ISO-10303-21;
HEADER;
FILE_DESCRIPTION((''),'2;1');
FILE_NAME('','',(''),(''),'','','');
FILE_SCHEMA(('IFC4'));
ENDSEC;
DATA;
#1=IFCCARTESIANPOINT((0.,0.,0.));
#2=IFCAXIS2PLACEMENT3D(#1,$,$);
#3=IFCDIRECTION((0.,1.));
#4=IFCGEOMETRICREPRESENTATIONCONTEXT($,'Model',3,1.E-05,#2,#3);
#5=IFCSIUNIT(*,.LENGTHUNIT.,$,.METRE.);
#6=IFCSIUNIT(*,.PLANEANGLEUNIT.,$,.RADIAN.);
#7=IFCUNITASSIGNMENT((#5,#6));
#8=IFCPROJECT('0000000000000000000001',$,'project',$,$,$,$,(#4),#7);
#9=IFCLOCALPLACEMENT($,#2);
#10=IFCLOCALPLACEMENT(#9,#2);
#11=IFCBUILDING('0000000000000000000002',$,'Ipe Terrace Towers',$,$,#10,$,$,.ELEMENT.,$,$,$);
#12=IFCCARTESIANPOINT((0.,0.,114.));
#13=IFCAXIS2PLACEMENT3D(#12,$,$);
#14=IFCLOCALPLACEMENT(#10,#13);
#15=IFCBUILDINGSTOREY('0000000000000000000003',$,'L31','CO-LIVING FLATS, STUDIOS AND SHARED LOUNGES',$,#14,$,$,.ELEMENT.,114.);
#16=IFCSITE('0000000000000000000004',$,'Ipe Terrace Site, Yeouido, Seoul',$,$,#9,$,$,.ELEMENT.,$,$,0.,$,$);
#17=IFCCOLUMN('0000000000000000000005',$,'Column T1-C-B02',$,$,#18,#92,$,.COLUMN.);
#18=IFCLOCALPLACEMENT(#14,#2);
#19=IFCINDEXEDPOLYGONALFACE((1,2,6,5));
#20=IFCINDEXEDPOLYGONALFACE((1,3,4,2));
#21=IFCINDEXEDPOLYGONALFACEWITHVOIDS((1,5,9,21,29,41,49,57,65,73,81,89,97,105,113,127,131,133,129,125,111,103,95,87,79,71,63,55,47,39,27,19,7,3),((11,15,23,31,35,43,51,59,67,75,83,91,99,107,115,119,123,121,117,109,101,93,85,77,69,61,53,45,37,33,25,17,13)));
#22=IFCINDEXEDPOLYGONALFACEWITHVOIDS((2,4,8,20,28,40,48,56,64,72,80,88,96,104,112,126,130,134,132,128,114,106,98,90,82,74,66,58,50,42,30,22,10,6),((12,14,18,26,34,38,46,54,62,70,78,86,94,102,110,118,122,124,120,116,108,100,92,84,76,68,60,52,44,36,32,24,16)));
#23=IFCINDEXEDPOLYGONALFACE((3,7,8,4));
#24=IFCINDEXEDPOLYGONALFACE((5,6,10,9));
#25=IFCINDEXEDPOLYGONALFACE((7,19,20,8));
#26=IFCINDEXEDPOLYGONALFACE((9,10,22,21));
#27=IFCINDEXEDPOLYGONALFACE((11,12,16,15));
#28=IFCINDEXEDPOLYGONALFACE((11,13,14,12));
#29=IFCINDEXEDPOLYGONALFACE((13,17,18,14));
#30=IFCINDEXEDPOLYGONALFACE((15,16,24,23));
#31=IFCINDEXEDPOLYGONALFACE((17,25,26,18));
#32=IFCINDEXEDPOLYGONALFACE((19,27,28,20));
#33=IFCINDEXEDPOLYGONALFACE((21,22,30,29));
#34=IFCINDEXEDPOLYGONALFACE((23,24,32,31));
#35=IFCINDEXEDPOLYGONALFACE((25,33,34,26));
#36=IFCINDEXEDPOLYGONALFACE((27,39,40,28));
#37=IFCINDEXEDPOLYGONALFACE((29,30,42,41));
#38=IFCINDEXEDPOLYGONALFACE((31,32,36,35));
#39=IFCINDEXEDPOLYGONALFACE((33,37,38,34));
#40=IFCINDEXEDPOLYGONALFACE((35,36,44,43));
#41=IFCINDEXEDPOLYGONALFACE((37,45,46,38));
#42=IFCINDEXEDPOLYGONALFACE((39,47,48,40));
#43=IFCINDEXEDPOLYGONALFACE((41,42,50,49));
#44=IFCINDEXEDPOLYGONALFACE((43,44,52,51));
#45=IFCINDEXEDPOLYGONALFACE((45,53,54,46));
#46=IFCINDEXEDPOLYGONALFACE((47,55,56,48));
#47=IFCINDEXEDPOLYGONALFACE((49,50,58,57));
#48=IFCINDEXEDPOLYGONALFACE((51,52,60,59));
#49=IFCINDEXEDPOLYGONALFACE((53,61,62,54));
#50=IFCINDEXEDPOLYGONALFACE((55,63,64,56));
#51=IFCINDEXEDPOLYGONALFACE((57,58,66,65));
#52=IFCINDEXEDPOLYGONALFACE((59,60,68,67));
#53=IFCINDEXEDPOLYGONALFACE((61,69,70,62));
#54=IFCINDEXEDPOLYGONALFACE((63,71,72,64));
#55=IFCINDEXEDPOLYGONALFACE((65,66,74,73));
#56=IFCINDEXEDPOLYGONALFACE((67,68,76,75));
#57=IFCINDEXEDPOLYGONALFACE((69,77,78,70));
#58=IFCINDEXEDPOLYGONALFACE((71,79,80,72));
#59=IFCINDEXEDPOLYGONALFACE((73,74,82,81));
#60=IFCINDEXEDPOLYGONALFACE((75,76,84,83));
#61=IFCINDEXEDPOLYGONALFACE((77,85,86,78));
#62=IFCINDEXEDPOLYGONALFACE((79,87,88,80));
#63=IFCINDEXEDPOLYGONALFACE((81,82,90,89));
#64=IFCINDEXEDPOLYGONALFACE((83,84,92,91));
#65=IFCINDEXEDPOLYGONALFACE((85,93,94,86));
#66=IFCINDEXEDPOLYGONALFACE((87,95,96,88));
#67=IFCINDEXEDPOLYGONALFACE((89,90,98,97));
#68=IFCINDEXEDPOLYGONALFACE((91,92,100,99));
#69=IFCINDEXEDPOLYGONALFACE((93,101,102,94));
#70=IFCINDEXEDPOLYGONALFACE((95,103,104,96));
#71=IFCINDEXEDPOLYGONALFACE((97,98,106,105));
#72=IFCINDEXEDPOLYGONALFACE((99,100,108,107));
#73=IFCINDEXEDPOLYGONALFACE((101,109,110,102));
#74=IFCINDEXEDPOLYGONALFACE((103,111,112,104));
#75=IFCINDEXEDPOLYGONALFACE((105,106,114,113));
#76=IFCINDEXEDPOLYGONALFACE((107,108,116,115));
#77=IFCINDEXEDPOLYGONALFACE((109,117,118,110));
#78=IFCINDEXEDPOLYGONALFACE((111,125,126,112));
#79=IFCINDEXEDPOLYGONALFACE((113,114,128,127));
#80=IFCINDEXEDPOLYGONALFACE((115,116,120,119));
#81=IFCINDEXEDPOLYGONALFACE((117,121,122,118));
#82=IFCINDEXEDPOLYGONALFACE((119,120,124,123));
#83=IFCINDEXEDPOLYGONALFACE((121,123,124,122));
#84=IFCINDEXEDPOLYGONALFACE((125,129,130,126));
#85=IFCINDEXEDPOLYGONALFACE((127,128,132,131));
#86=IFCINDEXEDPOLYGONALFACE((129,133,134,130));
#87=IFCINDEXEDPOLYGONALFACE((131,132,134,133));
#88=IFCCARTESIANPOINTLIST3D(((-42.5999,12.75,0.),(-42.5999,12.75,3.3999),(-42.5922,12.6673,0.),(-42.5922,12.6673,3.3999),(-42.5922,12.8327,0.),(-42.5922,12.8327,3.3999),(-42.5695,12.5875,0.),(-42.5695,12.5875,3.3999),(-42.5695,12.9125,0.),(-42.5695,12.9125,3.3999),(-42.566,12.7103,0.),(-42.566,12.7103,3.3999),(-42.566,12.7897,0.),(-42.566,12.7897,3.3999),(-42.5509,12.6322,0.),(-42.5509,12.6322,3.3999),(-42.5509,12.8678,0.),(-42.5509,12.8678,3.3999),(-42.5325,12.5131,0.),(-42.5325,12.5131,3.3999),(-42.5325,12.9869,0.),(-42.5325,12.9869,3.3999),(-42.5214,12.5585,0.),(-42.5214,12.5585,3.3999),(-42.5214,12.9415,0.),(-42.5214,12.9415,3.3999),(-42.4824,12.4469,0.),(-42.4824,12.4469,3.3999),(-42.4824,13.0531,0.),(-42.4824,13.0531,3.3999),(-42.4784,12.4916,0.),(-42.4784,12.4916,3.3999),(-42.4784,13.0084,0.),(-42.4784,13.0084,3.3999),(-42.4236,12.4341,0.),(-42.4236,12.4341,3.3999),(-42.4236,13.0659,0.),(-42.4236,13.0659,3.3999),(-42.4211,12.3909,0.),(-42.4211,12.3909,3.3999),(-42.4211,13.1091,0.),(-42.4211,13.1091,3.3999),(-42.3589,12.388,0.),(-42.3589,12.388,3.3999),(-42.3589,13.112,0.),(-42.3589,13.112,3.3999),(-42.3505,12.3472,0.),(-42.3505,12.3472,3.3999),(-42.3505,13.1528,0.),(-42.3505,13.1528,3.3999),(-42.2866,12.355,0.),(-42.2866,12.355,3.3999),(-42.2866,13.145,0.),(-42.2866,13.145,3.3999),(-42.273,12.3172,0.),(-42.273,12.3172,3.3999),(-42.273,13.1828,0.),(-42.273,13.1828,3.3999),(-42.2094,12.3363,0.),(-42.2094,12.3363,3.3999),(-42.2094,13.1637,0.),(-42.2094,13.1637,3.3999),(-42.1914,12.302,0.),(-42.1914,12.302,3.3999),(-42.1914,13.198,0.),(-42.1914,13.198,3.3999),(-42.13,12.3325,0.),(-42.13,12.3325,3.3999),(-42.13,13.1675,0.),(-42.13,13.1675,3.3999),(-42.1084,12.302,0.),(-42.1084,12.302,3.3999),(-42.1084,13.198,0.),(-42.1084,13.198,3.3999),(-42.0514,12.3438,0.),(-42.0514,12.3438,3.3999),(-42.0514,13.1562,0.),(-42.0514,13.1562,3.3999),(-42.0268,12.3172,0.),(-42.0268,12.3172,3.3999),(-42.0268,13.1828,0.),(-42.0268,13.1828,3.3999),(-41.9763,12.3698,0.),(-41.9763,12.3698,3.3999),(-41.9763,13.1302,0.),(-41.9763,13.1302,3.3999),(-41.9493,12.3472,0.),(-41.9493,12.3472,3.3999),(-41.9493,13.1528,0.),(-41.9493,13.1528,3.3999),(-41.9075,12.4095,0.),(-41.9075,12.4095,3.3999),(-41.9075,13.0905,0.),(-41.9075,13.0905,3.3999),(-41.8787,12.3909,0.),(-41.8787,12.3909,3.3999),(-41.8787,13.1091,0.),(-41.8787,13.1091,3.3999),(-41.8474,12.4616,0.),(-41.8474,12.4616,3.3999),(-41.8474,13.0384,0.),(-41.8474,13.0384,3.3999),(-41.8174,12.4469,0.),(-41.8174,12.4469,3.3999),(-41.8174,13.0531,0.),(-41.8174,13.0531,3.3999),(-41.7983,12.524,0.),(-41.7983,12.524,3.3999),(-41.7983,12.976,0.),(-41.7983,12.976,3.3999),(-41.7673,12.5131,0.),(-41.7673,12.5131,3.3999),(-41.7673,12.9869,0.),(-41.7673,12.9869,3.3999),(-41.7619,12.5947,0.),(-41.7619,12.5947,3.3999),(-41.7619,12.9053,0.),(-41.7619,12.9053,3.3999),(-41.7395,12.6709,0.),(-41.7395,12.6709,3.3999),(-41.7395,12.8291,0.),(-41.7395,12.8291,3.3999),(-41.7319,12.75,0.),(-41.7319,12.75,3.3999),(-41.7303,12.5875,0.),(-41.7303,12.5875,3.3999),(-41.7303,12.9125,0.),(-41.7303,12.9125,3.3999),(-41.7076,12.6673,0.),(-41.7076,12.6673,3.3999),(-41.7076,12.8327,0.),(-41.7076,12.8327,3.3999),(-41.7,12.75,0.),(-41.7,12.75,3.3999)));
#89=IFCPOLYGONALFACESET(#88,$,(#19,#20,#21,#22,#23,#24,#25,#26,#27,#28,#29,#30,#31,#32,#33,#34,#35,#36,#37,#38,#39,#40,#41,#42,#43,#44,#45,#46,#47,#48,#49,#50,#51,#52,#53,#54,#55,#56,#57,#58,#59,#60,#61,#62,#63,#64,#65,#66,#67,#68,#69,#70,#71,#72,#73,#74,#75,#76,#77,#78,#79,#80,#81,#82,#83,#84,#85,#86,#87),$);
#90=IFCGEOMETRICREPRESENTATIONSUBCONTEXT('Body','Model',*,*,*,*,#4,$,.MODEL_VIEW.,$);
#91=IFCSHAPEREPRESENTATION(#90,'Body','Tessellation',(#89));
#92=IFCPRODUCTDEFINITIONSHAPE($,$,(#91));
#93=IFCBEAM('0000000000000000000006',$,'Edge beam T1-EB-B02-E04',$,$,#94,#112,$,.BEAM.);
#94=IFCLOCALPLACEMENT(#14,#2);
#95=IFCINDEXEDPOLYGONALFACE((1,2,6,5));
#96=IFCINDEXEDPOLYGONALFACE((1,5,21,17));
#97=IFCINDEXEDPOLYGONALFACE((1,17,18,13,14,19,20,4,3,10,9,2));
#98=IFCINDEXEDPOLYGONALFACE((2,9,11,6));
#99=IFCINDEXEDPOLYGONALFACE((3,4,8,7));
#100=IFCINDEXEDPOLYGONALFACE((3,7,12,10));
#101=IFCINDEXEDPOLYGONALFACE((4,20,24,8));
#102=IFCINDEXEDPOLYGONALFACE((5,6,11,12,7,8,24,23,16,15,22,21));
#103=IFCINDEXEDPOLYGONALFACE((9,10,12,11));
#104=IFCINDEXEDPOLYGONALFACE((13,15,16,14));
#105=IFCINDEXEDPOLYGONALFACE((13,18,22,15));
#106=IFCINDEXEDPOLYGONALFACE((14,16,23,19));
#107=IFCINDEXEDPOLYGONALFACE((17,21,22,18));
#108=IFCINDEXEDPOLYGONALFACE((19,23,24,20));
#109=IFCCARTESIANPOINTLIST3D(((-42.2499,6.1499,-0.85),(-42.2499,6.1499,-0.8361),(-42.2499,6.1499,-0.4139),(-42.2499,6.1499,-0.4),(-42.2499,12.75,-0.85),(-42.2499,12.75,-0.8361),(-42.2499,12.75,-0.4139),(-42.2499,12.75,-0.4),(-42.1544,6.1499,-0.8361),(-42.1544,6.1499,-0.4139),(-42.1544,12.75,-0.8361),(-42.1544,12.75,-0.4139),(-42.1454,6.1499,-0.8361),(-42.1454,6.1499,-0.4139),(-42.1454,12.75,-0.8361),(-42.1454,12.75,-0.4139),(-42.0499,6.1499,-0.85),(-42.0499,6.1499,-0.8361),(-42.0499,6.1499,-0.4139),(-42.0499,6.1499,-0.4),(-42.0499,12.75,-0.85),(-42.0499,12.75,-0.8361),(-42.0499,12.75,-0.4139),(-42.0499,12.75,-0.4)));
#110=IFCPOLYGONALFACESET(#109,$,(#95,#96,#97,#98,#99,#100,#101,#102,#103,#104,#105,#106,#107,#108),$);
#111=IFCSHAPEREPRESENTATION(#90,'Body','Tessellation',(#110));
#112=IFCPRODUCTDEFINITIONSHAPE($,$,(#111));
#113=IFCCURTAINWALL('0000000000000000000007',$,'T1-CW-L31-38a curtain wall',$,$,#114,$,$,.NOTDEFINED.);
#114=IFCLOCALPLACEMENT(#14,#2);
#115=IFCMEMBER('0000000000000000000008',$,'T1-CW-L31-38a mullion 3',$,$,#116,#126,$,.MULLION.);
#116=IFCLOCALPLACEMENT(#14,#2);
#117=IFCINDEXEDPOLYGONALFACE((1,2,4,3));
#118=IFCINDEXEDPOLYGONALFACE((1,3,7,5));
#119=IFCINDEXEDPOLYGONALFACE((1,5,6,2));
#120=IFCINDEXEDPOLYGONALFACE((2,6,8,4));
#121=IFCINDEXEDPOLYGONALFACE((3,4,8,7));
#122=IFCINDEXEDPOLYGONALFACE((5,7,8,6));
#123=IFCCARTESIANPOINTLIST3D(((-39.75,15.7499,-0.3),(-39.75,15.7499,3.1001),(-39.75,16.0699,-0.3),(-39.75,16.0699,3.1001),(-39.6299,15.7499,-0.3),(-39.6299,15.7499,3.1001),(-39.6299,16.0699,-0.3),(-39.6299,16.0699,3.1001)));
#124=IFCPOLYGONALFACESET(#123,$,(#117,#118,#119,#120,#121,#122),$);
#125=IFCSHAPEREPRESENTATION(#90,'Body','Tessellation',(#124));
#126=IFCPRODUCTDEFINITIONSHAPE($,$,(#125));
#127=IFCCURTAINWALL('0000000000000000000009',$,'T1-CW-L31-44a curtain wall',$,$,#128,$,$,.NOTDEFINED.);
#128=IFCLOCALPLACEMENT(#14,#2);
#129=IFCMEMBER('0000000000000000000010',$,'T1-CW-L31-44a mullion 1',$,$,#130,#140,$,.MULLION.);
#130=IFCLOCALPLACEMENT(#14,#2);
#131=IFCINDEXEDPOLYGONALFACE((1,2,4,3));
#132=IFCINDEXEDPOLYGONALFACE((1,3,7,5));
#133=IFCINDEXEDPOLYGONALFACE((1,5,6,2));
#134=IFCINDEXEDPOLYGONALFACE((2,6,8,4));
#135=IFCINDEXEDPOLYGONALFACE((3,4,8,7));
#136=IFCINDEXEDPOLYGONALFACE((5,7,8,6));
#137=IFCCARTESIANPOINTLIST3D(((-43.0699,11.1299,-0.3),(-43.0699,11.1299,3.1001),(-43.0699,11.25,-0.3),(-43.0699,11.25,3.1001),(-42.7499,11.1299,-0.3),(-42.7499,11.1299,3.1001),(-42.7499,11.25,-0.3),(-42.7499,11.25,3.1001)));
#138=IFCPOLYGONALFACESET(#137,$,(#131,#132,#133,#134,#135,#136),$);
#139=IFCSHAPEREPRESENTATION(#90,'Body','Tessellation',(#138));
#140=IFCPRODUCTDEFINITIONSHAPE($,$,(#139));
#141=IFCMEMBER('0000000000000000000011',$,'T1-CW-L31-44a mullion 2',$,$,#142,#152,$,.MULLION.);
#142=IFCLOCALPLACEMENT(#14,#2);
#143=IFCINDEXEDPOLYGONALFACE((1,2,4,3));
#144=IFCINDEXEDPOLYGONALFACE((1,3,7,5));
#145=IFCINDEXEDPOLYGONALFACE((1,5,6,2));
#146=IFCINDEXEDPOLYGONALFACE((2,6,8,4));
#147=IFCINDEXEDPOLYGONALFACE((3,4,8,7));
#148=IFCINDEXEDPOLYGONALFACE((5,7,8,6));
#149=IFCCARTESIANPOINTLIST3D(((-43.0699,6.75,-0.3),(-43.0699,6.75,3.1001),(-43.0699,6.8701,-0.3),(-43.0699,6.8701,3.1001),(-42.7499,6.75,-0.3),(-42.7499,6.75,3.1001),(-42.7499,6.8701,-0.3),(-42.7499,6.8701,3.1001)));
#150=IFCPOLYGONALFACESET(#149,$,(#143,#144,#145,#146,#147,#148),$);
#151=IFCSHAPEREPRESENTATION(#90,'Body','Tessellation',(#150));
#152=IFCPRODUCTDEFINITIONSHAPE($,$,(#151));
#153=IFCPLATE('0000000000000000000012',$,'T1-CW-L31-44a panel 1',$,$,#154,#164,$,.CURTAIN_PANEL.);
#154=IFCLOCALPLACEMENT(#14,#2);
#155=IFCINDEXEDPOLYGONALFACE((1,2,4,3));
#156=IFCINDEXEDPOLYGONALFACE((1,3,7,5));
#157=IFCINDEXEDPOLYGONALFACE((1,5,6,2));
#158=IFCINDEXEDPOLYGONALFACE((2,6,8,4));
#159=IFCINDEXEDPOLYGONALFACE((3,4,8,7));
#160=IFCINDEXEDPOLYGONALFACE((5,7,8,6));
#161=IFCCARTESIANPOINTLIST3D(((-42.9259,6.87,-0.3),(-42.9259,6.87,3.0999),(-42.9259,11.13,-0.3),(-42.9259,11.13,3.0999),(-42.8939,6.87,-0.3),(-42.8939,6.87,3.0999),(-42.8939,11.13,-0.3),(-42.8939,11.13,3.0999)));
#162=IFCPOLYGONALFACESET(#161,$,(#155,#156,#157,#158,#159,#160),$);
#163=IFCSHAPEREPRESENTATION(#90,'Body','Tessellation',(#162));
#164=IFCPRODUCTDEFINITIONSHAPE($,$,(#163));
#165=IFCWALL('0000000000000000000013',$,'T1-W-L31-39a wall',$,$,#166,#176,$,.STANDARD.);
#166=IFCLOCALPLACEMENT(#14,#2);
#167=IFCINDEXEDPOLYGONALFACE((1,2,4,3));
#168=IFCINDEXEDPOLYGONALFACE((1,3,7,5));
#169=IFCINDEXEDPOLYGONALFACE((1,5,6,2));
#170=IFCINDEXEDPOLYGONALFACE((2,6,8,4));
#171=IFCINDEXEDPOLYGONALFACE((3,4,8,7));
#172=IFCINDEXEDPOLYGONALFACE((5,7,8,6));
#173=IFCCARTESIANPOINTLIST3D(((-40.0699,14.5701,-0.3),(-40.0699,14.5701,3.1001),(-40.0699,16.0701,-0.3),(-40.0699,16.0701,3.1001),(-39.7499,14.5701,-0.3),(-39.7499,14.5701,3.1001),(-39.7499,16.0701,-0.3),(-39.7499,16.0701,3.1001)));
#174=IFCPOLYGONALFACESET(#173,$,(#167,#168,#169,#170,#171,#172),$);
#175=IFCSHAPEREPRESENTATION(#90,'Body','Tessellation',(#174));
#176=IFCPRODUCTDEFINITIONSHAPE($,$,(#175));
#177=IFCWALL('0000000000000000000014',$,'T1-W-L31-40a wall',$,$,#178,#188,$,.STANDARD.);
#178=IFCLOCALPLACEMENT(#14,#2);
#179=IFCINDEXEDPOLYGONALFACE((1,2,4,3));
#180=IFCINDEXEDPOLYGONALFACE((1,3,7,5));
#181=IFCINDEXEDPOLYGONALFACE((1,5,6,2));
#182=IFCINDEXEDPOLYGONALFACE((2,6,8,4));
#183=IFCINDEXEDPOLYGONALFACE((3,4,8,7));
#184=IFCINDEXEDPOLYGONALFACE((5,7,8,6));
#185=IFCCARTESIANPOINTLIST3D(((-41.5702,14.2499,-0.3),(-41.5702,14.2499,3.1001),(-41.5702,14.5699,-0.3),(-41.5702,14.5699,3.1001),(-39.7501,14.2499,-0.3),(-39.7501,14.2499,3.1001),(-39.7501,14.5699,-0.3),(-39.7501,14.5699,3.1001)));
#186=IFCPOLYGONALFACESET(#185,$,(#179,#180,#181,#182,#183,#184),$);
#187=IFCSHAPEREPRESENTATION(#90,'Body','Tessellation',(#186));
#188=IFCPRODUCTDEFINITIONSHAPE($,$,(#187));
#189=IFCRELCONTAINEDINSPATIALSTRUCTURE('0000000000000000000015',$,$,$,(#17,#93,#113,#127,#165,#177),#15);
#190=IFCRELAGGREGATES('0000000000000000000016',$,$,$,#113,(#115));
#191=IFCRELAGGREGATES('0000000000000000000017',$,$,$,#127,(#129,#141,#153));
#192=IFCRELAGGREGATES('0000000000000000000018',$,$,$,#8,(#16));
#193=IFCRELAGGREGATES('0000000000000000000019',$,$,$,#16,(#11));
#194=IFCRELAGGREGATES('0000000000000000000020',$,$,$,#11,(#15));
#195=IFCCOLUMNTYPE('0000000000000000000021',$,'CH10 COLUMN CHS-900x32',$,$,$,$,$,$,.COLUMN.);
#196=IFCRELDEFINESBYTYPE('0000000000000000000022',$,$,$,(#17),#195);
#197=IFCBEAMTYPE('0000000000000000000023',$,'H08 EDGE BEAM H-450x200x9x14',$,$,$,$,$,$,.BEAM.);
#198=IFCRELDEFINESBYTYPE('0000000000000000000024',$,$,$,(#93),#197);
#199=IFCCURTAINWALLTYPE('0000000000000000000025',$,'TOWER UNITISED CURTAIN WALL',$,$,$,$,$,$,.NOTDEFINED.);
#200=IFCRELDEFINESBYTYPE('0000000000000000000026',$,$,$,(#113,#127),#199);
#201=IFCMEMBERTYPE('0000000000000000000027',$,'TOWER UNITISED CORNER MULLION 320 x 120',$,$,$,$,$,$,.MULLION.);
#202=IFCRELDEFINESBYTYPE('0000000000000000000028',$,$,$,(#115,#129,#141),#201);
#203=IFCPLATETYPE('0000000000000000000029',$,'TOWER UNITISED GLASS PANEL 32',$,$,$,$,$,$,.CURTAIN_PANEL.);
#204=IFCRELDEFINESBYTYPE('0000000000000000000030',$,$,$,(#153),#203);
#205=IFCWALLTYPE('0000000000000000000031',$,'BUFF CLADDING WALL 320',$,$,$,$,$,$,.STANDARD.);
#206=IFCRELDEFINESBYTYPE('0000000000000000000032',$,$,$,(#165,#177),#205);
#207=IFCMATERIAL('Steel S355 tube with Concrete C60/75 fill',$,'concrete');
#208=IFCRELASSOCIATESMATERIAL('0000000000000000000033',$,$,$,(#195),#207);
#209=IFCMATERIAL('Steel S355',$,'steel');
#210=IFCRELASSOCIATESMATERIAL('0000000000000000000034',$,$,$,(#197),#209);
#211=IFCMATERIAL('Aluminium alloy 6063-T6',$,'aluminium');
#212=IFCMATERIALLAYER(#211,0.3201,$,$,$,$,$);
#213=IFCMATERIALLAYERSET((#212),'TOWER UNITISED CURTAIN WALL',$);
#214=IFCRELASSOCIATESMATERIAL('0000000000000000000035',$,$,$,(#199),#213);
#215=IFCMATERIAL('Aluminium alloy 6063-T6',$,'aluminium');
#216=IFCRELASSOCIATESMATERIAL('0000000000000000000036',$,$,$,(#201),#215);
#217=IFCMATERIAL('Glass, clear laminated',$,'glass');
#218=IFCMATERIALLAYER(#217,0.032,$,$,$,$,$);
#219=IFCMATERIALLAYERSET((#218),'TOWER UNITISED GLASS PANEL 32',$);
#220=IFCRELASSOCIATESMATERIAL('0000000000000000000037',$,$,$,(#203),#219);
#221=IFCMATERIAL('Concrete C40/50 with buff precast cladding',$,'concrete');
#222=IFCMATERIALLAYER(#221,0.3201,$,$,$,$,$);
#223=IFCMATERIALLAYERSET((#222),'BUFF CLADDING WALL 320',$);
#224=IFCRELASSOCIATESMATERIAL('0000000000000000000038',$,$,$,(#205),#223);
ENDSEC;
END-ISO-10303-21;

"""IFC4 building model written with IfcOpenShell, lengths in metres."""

from ifc_helpers import new_model, si_unit, direction, frame, frame_2d, origin, origin_2d, place, context, subcontext, project, spatial, rectangle, hollow_circle, i_section, extrude, material, layer, layer_set, material_profile, profile_set, type_object, element, aggregate, save


model = new_model("IFC4")

# Units and contexts
model_context = context("Model", 3, precision=1e-05, world=origin(), true_north=direction((0.0, 1.0)))
body_context = subcontext(model_context, "Body", "Model", "MODEL_VIEW")
ifc_project = project(units=[si_unit("LENGTHUNIT", "METRE"), si_unit("PLANEANGLEUNIT", "RADIAN")], contexts=[model_context])

# Site, building, storey
site_placement = place(None, origin())
site = spatial("IfcSite", under=ifc_project, at=site_placement, Name="Ipe Terrace Site, Yeouido, Seoul", CompositionType="ELEMENT", RefElevation=0.0)
building_placement = place(site_placement, origin())
building = spatial("IfcBuilding", under=site, at=building_placement, Name="Ipe Terrace Towers", CompositionType="ELEMENT")
storey_placement = place(building_placement, frame((0.0, 0.0, 114.0)))
storey = spatial("IfcBuildingStorey", under=building, at=storey_placement, Name="L31", Description="CO-LIVING FLATS, STUDIOS AND SHARED LOUNGES", CompositionType="ELEMENT", Elevation=114.0)

# Column
ifc_material_1 = material(Name="Steel S355 tube with Concrete C60/75 fill", Category="concrete")
ifc_material_profile_1 = material_profile(ifc_material_1, hollow_circle(Radius=0.45, WallThickness=0.032, at=origin_2d()), Name="CHS-900x32")
ifc_profile_set_1 = profile_set([ifc_material_profile_1], Name="Steel S355 tube with Concrete C60/75 fill")
column_type = type_object("IfcColumnType", Name="CH10 COLUMN CHS-900x32", PredefinedType="COLUMN", material=ifc_profile_set_1)
column_placement = place(storey_placement, frame((-42.1499, 12.75, 0.0), z_axis=(0.0, 0.0, 1.0), x_axis=(1.0, 0.0, 0.0)))
element("IfcColumn", 1, at=column_placement, inside=storey, type_object=column_type, Name="Column T1-C-B02", PredefinedType="COLUMN", context=body_context, shape_type="SweptSolid", body=[
    extrude(hollow_circle(Radius=0.45, WallThickness=0.032, at=origin_2d()), origin(), (0.0, 0.0, 1.0), 3.3999),
])

# Beam
ifc_material_2 = material(Name="Steel S355", Category="steel")
ifc_material_profile_2 = material_profile(ifc_material_2, i_section(OverallWidth=0.2, OverallDepth=0.45, WebThickness=0.009, FlangeThickness=0.0139, at=origin_2d()), Name="H-450x200x9x14")
ifc_profile_set_2 = profile_set([ifc_material_profile_2], Name="Steel S355")
beam_type = type_object("IfcBeamType", Name="H08 EDGE BEAM H-450x200x9x14", PredefinedType="BEAM", material=ifc_profile_set_2)
beam_placement = place(storey_placement, frame((-42.1499, 12.75, -0.625), z_axis=(0.0, -1.0, 0.0), x_axis=(1.0, 0.0, 0.0)))
element("IfcBeam", 2, at=beam_placement, inside=storey, type_object=beam_type, Name="Edge beam T1-EB-B02-E04", PredefinedType="BEAM", context=body_context, shape_type="SweptSolid", body=[
    extrude(i_section(OverallWidth=0.2, OverallDepth=0.45, WebThickness=0.009, FlangeThickness=0.0139, at=origin_2d()), origin(), (0.0, 0.0, 1.0), 6.6001),
])

# Curtain wall, member
ifc_material_3 = material(Name="Aluminium alloy 6063-T6", Category="aluminium")
ifc_layer_1 = layer(ifc_material_3, 0.3201)
ifc_layer_set_1 = layer_set([ifc_layer_1], Name="TOWER UNITISED CURTAIN WALL")
curtain_wall_type = type_object("IfcCurtainWallType", Name="TOWER UNITISED CURTAIN WALL", PredefinedType="NOTDEFINED", material=ifc_layer_set_1)
curtain_wall_1_placement = place(storey_placement, origin())
curtain_wall_1 = element("IfcCurtainWall", 3, at=curtain_wall_1_placement, inside=storey, type_object=curtain_wall_type, Name="T1-CW-L31-38a curtain wall", PredefinedType="NOTDEFINED")
ifc_material_4 = material(Name="Aluminium alloy 6063-T6", Category="aluminium")
ifc_material_profile_3 = material_profile(ifc_material_4, rectangle(XDim=0.3201, YDim=0.1201, at=origin_2d()), Name="TOWER UNITISED CORNER MULLION 320 x 120")
ifc_profile_set_3 = profile_set([ifc_material_profile_3], Name="Aluminium alloy 6063-T6")
member_type = type_object("IfcMemberType", Name="TOWER UNITISED CORNER MULLION 320 x 120", PredefinedType="MULLION", material=ifc_profile_set_3)
member_1_placement = place(storey_placement, frame((-39.6899, 15.9099, -0.3), z_axis=(0.0, 0.0, 1.0), x_axis=(0.0, 1.0, 0.0)))
member_1 = element("IfcMember", 4, at=member_1_placement, type_object=member_type, Name="T1-CW-L31-38a mullion 3", PredefinedType="MULLION", context=body_context, shape_type="SweptSolid", body=[
    extrude(rectangle(XDim=0.3201, YDim=0.1201, at=origin_2d()), origin(), (0.0, 0.0, 1.0), 3.4001),
])
aggregate(curtain_wall_1, [member_1])

# Curtain wall, members, plate
curtain_wall_2_placement = place(storey_placement, origin())
curtain_wall_2 = element("IfcCurtainWall", 5, at=curtain_wall_2_placement, inside=storey, type_object=curtain_wall_type, Name="T1-CW-L31-44a curtain wall", PredefinedType="NOTDEFINED")
member_2_placement = place(storey_placement, frame((-42.9099, 11.1899, -0.3), z_axis=(0.0, 0.0, 1.0), x_axis=(-1.0, 0.0, 0.0)))
member_2 = element("IfcMember", 6, at=member_2_placement, type_object=member_type, Name="T1-CW-L31-44a mullion 1", PredefinedType="MULLION", context=body_context, shape_type="SweptSolid", body=[
    extrude(rectangle(XDim=0.3201, YDim=0.1201, at=origin_2d()), origin(), (0.0, 0.0, 1.0), 3.4001),
])
member_3_placement = place(storey_placement, frame((-42.9099, 6.8101, -0.3), z_axis=(0.0, 0.0, 1.0), x_axis=(-1.0, 0.0, 0.0)))
member_3 = element("IfcMember", 7, at=member_3_placement, type_object=member_type, Name="T1-CW-L31-44a mullion 2", PredefinedType="MULLION", context=body_context, shape_type="SweptSolid", body=[
    extrude(rectangle(XDim=0.3201, YDim=0.1201, at=origin_2d()), origin(), (0.0, 0.0, 1.0), 3.4001),
])
ifc_material_5 = material(Name="Glass, clear laminated", Category="glass")
ifc_layer_2 = layer(ifc_material_5, 0.032)
ifc_layer_set_2 = layer_set([ifc_layer_2], Name="TOWER UNITISED GLASS PANEL 32")
plate_type = type_object("IfcPlateType", Name="TOWER UNITISED GLASS PANEL 32", PredefinedType="CURTAIN_PANEL", material=ifc_layer_set_2)
plate_placement = place(storey_placement, frame((-42.9099, 9.0, -0.3), z_axis=(0.0, 0.0, 1.0), x_axis=(0.0, -1.0, 0.0)))
plate = element("IfcPlate", 8, at=plate_placement, type_object=plate_type, Name="T1-CW-L31-44a panel 1", PredefinedType="CURTAIN_PANEL", context=body_context, shape_type="SweptSolid", body=[
    extrude(rectangle(XDim=4.26, YDim=0.032, at=origin_2d()), origin(), (0.0, 0.0, 1.0), 3.3999),
])
aggregate(curtain_wall_2, [member_2, member_3, plate])

# Walls
ifc_material_6 = material(Name="Concrete C40/50 with buff precast cladding", Category="concrete")
ifc_layer_3 = layer(ifc_material_6, 0.3201)
ifc_layer_set_3 = layer_set([ifc_layer_3], Name="BUFF CLADDING WALL 320")
wall_type_1 = type_object("IfcWallType", Name="BUFF CLADDING WALL 320", PredefinedType="STANDARD", material=ifc_layer_set_3)
wall_1_placement = place(storey_placement, frame((-39.9099, 16.0701, -0.3), z_axis=(0.0, 0.0, 1.0), x_axis=(0.0, -1.0, 0.0)))
element("IfcWall", 9, at=wall_1_placement, inside=storey, type_object=wall_type_1, Name="T1-W-L31-39a wall", PredefinedType="STANDARD", context=body_context, shape_type="SweptSolid", body=[
    extrude(rectangle(XDim=1.5, YDim=0.3201, at=frame_2d((0.75, 0.0))), origin(), (0.0, 0.0, 1.0), 3.4001),
])
wall_2_placement = place(storey_placement, frame((-39.75, 14.4099, -0.3), z_axis=(0.0, 0.0, 1.0), x_axis=(-1.0, 0.0, 0.0)))
element("IfcWall", 10, at=wall_2_placement, inside=storey, type_object=wall_type_1, Name="T1-W-L31-40a wall", PredefinedType="STANDARD", context=body_context, shape_type="SweptSolid", body=[
    extrude(rectangle(XDim=1.8201, YDim=0.3201, at=frame_2d((0.9102, 0.0))), origin(), (0.0, 0.0, 1.0), 3.4001),
])

save(model, "model.ifc")
